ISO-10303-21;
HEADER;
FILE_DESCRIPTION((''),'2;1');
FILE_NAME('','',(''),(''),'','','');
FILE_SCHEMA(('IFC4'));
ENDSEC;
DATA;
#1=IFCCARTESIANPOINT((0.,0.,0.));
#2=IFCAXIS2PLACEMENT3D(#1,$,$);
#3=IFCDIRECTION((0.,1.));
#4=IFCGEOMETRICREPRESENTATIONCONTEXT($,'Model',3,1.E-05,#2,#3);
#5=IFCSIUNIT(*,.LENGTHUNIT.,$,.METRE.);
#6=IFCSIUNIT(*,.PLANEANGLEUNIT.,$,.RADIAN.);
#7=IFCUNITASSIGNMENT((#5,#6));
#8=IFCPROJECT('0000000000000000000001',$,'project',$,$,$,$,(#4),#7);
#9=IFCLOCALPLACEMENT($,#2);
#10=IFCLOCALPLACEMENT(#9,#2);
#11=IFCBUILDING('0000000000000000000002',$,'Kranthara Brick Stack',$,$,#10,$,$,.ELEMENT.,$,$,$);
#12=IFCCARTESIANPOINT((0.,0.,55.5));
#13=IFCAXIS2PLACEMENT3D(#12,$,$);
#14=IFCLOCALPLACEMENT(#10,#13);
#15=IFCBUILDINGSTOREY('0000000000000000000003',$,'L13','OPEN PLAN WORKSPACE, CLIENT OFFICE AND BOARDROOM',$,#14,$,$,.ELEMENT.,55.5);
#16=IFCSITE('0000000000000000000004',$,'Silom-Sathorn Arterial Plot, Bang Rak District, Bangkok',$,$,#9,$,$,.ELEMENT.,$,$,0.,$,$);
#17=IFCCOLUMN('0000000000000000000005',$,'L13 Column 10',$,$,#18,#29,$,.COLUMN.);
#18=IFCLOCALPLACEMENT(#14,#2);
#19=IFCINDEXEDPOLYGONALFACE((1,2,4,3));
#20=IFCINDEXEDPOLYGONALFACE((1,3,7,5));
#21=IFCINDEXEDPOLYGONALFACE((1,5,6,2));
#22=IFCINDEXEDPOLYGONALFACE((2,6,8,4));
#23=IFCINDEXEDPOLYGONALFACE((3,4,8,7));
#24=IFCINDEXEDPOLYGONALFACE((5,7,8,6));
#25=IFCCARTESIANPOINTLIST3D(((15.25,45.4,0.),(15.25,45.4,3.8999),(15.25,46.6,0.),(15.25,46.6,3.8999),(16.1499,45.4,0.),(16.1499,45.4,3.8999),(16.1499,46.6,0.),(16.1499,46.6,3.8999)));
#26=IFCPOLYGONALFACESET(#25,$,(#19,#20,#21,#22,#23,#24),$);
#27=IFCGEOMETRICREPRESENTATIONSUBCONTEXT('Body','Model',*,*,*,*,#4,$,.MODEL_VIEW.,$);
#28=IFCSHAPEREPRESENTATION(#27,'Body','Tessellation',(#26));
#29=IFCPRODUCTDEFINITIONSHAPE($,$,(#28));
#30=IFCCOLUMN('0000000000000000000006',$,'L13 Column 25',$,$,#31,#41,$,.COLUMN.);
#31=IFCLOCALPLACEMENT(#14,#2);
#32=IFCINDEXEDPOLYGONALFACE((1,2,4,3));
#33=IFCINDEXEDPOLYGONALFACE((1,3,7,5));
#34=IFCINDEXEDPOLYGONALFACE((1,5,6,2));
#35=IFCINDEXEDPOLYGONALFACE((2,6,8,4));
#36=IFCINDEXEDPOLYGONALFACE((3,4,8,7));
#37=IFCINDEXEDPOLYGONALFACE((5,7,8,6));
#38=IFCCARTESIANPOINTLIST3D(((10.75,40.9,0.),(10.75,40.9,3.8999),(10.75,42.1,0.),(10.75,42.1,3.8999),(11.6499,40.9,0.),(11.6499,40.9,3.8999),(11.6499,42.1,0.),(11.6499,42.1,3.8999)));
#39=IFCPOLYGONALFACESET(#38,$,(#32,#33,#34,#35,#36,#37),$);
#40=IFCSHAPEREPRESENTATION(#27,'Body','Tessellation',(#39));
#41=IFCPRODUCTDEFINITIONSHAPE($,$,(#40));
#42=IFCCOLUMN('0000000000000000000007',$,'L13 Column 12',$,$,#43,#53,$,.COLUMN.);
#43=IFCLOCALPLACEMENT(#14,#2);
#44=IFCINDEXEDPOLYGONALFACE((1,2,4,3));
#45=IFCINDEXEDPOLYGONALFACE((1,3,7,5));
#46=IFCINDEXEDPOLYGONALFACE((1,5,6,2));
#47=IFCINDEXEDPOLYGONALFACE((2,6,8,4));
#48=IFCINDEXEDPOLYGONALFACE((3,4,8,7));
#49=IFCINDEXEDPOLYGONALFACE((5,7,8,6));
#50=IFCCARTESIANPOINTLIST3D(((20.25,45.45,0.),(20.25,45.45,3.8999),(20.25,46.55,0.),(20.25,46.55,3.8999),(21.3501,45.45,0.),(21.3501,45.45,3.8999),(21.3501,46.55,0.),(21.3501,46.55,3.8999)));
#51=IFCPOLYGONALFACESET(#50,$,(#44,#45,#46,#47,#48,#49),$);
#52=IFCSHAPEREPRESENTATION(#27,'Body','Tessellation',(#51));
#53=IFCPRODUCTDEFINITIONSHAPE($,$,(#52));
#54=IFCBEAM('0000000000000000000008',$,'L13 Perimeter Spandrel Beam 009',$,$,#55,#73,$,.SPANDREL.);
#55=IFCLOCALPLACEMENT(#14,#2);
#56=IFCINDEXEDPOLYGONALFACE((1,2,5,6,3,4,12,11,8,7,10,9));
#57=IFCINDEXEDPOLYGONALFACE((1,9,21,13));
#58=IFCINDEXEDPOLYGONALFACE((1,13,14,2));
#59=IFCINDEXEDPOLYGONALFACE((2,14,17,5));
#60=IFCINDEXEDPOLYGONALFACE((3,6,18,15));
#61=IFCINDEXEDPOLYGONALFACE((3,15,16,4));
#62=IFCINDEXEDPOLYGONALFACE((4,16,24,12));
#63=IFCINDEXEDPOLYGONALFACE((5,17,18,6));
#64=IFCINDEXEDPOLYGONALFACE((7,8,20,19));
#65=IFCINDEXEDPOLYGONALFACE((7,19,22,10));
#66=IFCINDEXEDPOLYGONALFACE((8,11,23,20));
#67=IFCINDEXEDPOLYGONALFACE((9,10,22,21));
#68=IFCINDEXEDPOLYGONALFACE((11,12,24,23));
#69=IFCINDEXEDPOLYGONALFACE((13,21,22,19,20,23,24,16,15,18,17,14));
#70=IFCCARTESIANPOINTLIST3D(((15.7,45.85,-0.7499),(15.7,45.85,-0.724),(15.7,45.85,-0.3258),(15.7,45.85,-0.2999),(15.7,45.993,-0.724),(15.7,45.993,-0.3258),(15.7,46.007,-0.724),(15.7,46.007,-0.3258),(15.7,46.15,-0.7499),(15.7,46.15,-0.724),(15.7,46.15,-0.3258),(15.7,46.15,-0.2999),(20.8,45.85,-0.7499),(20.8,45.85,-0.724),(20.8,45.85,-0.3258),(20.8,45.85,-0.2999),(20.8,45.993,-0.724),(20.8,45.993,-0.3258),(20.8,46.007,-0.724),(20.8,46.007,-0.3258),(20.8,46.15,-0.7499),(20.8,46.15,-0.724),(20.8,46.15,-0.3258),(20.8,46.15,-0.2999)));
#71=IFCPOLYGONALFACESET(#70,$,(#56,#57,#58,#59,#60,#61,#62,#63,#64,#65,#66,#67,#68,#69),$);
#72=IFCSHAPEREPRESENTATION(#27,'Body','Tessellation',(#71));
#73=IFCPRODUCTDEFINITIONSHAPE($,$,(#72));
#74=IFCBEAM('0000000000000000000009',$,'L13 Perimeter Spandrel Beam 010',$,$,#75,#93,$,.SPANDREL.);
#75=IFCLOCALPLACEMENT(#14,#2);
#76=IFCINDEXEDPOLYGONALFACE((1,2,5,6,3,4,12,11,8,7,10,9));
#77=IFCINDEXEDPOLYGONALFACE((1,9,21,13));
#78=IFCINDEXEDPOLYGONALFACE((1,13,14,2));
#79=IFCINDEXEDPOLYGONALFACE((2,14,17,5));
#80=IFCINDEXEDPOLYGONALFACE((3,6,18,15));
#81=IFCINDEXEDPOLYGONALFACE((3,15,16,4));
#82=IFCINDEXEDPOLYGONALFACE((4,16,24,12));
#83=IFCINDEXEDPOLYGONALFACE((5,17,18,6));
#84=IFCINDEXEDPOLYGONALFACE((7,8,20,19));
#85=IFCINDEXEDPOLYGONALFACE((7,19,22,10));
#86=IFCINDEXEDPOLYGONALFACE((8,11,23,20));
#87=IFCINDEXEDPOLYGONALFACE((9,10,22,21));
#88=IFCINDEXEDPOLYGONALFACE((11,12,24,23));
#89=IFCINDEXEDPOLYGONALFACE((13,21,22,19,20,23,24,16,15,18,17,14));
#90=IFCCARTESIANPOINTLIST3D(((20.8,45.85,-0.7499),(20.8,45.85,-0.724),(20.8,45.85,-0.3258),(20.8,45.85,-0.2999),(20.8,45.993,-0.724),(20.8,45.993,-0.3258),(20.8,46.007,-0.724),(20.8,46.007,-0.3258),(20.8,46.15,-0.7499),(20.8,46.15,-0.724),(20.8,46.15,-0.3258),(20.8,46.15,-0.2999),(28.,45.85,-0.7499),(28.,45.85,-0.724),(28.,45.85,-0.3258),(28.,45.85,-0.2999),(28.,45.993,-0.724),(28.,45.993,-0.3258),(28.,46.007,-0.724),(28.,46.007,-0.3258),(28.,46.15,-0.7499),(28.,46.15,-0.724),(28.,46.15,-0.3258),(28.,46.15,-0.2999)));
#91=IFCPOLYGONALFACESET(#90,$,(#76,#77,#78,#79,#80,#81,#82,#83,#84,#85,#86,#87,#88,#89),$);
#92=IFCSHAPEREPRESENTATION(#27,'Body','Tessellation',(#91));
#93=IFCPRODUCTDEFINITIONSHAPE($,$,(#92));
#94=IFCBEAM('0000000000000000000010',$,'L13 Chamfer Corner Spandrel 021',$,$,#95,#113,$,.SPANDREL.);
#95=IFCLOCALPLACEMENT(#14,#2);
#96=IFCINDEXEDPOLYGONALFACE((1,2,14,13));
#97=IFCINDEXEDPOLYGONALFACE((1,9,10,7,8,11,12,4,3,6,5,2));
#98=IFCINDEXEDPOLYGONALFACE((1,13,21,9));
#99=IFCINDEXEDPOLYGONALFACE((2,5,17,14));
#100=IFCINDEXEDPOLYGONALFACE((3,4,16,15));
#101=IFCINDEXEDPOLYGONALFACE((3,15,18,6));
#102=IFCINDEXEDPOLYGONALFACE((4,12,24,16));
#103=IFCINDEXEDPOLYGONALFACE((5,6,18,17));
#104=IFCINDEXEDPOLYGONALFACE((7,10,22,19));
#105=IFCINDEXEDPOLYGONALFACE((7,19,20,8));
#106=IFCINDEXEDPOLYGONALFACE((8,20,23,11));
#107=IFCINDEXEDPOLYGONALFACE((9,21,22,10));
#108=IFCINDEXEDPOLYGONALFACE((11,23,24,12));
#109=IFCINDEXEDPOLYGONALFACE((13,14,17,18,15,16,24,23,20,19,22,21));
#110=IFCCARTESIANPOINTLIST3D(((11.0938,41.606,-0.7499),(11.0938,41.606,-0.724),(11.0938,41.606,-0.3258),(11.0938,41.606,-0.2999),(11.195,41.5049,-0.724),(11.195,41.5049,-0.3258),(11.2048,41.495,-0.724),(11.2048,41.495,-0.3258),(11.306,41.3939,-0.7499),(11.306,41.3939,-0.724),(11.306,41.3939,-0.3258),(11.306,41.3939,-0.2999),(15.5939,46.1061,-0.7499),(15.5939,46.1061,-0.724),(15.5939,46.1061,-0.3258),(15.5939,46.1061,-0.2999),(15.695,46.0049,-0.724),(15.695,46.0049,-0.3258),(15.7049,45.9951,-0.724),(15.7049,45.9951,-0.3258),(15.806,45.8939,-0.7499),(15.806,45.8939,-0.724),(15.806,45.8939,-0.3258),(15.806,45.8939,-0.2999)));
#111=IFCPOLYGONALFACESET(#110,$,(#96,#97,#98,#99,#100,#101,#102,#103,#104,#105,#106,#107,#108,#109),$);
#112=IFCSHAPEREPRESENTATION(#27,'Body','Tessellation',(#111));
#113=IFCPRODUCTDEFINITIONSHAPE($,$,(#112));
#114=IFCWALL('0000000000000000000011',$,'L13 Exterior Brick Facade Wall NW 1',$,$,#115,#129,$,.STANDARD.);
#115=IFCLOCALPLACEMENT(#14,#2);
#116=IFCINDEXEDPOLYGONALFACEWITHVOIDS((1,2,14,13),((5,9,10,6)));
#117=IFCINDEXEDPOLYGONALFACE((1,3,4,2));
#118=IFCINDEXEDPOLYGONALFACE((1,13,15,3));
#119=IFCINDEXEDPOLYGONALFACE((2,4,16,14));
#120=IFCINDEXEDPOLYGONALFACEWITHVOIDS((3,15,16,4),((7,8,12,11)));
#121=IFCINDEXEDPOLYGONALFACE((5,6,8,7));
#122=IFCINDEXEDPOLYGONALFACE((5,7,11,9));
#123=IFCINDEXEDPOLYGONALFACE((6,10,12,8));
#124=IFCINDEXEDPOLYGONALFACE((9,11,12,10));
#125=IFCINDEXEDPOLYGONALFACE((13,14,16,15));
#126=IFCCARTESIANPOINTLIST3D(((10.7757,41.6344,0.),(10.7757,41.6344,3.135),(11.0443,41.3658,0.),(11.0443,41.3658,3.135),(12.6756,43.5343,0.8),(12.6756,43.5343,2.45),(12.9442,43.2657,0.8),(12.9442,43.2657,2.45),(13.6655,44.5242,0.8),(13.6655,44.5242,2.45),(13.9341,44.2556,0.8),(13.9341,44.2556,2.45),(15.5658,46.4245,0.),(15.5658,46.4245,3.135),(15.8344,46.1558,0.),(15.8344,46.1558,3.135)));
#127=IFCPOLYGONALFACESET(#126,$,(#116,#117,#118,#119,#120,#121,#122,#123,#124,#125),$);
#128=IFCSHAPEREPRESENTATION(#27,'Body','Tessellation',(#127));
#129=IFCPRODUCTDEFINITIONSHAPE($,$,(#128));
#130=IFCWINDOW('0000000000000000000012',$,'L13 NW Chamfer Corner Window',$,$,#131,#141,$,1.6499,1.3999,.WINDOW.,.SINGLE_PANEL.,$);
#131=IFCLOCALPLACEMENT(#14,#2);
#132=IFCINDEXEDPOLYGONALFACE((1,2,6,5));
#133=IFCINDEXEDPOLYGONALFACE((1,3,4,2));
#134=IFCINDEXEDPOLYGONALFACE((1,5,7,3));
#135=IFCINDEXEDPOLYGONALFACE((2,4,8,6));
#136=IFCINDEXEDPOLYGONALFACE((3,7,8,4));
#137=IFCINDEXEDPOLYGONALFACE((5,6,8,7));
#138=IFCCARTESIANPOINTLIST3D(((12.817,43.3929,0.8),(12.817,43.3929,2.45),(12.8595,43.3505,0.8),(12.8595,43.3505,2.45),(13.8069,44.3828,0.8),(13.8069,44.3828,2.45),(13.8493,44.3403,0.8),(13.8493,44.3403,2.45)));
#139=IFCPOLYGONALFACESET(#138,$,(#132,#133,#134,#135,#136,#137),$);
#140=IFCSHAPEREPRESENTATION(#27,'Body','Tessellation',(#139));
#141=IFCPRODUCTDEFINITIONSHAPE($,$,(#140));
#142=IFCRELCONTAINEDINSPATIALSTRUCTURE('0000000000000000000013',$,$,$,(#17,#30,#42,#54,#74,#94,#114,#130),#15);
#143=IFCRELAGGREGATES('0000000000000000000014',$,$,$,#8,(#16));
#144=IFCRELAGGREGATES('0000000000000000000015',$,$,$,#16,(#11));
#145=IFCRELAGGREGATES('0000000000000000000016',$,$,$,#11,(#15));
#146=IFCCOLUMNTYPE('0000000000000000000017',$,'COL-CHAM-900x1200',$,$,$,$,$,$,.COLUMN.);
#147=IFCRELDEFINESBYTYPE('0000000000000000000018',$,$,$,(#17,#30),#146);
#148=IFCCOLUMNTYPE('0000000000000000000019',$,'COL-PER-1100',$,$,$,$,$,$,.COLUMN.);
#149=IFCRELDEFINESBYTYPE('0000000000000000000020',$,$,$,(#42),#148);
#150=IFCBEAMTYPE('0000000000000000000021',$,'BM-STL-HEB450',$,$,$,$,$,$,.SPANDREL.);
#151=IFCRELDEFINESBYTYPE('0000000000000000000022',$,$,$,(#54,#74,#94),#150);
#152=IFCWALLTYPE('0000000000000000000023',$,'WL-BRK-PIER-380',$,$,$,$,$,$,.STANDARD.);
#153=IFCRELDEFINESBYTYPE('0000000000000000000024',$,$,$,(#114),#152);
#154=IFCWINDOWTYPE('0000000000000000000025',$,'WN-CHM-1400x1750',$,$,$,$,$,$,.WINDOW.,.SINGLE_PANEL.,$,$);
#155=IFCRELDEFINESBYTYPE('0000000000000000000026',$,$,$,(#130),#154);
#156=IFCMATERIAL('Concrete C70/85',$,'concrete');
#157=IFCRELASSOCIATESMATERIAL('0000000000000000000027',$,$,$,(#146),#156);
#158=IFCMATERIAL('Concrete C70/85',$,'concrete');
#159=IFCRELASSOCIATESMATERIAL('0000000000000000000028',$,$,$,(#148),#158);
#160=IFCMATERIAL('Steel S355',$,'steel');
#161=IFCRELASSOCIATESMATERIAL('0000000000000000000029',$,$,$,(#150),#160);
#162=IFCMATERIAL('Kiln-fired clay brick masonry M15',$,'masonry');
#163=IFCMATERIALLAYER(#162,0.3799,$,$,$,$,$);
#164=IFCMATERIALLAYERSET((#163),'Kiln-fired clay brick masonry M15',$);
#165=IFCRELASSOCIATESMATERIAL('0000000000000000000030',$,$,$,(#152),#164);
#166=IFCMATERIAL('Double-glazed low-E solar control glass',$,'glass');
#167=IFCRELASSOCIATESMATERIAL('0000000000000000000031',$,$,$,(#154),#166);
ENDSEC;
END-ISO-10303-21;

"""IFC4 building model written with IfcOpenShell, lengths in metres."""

from ifc_helpers import new_model, si_unit, direction, frame, frame_2d, origin, origin_2d, place, context, subcontext, project, spatial, rectangle, i_section, extrude, material, layer, layer_set, material_profile, profile_set, type_object, element, fill, save


model = new_model("IFC4")

# Units and contexts
model_context = context("Model", 3, precision=1e-05, world=origin(), true_north=direction((0.0, 1.0)))
body_context = subcontext(model_context, "Body", "Model", "MODEL_VIEW")
ifc_project = project(units=[si_unit("LENGTHUNIT", "METRE"), si_unit("PLANEANGLEUNIT", "RADIAN")], contexts=[model_context])

# Site, building, storey
site_placement = place(None, origin())
site = spatial("IfcSite", under=ifc_project, at=site_placement, Name="Silom-Sathorn Arterial Plot, Bang Rak District, Bangkok", CompositionType="ELEMENT", RefElevation=0.0)
building_placement = place(site_placement, origin())
building = spatial("IfcBuilding", under=site, at=building_placement, Name="Kranthara Brick Stack", CompositionType="ELEMENT")
storey_placement = place(building_placement, frame((0.0, 0.0, 55.5)))
storey = spatial("IfcBuildingStorey", under=building, at=storey_placement, Name="L13", Description="OPEN PLAN WORKSPACE, CLIENT OFFICE AND BOARDROOM", CompositionType="ELEMENT", Elevation=55.5)

# Columns
ifc_material_1 = material(Name="Concrete C70/85", Category="concrete")
ifc_material_profile_1 = material_profile(ifc_material_1, rectangle(XDim=0.8999, YDim=1.2, at=origin_2d()), Name="RC 900x1200")
ifc_profile_set_1 = profile_set([ifc_material_profile_1], Name="Concrete C70/85")
column_type_1 = type_object("IfcColumnType", Name="COL-CHAM-900x1200", PredefinedType="COLUMN", material=ifc_profile_set_1)
for number, where, z_axis, x_axis, name in (
    (1, (15.7, 46.0, 0.0), (0.0, 0.0, 1.0), (1.0, 0.0, 0.0), "L13 Column 10"),
    (2, (11.2, 41.5, 0.0), (0.0, 0.0, 1.0), (1.0, 0.0, 0.0), "L13 Column 25"),
):
    element("IfcColumn", number, at=place(storey_placement, frame(where, z_axis=z_axis, x_axis=x_axis)), inside=storey, type_object=column_type_1, Name=name, PredefinedType="COLUMN", context=body_context, shape_type="SweptSolid", body=[
        extrude(rectangle(XDim=0.8999, YDim=1.2, at=origin_2d()), origin(), (0.0, 0.0, 1.0), 3.8999),
    ])
ifc_material_2 = material(Name="Concrete C70/85", Category="concrete")
ifc_material_profile_2 = material_profile(ifc_material_2, rectangle(XDim=1.1001, YDim=1.1001, at=origin_2d()), Name="RC 1100x1100")
ifc_profile_set_2 = profile_set([ifc_material_profile_2], Name="Concrete C70/85")
column_type_2 = type_object("IfcColumnType", Name="COL-PER-1100", PredefinedType="COLUMN", material=ifc_profile_set_2)
column_placement = place(storey_placement, frame((20.8, 46.0, 0.0), z_axis=(0.0, 0.0, 1.0), x_axis=(1.0, 0.0, 0.0)))
element("IfcColumn", 3, at=column_placement, inside=storey, type_object=column_type_2, Name="L13 Column 12", PredefinedType="COLUMN", context=body_context, shape_type="SweptSolid", body=[
    extrude(rectangle(XDim=1.1001, YDim=1.1001, at=origin_2d()), origin(), (0.0, 0.0, 1.0), 3.8999),
])

# Beams
ifc_material_3 = material(Name="Steel S355", Category="steel")
ifc_material_profile_3 = material_profile(ifc_material_3, i_section(OverallWidth=0.3, OverallDepth=0.45, WebThickness=0.0139, FlangeThickness=0.0259, at=origin_2d()), Name="HEB 450")
ifc_profile_set_3 = profile_set([ifc_material_profile_3], Name="Steel S355")
beam_type = type_object("IfcBeamType", Name="BM-STL-HEB450", PredefinedType="SPANDREL", material=ifc_profile_set_3)
beam_1_placement = place(storey_placement, frame((15.7, 46.0, -0.5249), z_axis=(1.0, 0.0, 0.0), x_axis=(0.0, 1.0, 0.0)))
element("IfcBeam", 4, at=beam_1_placement, inside=storey, type_object=beam_type, Name="L13 Perimeter Spandrel Beam 009", PredefinedType="SPANDREL", context=body_context, shape_type="SweptSolid", body=[
    extrude(i_section(OverallWidth=0.3, OverallDepth=0.45, WebThickness=0.0139, FlangeThickness=0.0259, at=origin_2d()), origin(), (0.0, 0.0, 1.0), 5.1001),
])
beam_2_placement = place(storey_placement, frame((20.8, 46.0, -0.5249), z_axis=(1.0, 0.0, 0.0), x_axis=(0.0, 1.0, 0.0)))
element("IfcBeam", 5, at=beam_2_placement, inside=storey, type_object=beam_type, Name="L13 Perimeter Spandrel Beam 010", PredefinedType="SPANDREL", context=body_context, shape_type="SweptSolid", body=[
    extrude(i_section(OverallWidth=0.3, OverallDepth=0.45, WebThickness=0.0139, FlangeThickness=0.0259, at=origin_2d()), origin(), (0.0, 0.0, 1.0), 7.2),
])
beam_3_placement = place(storey_placement, frame((15.7, 46.0, -0.5249), z_axis=(-0.707107, -0.707107, 0.0), x_axis=(0.707107, -0.707107, 0.0)))
element("IfcBeam", 6, at=beam_3_placement, inside=storey, type_object=beam_type, Name="L13 Chamfer Corner Spandrel 021", PredefinedType="SPANDREL", context=body_context, shape_type="SweptSolid", body=[
    extrude(i_section(OverallWidth=0.3, OverallDepth=0.45, WebThickness=0.0139, FlangeThickness=0.0259, at=origin_2d()), origin(), (0.0, 0.0, 1.0), 6.364),
])

# Wall, opening, window
ifc_material_4 = material(Name="Kiln-fired clay brick masonry M15", Category="masonry")
ifc_layer_1 = layer(ifc_material_4, 0.3799)
ifc_layer_set_1 = layer_set([ifc_layer_1], Name="Kiln-fired clay brick masonry M15")
wall_type_1 = type_object("IfcWallType", Name="WL-BRK-PIER-380", PredefinedType="STANDARD", material=ifc_layer_set_1)
wall_1_placement = place(storey_placement, frame((10.9099, 41.5, 0.0), z_axis=(0.0, 0.0, 1.0), x_axis=(0.707107, 0.707107, 0.0)))
wall_1 = element("IfcWall", 7, at=wall_1_placement, inside=storey, type_object=wall_type_1, Name="L13 Exterior Brick Facade Wall NW 1", PredefinedType="STANDARD", context=body_context, shape_type="SweptSolid", body=[
    extrude(rectangle(XDim=6.7742, YDim=0.3799, at=frame_2d((3.3872, 0.0))), origin(), (0.0, 0.0, 1.0), 3.135),
])
opening_1_placement = place(wall_1_placement, frame((2.687, 0.0, 0.8)))
opening_1 = element("IfcOpeningElement", 8, at=opening_1_placement, cuts=wall_1, PredefinedType="OPENING", context=body_context, shape_type="SweptSolid", body=[
    extrude(rectangle(XDim=1.3999, YDim=1.6499, at=frame_2d((0.7, 0.825))), frame((0.0, 0.2, 0.0), z_axis=(0.0, -1.0, 0.0), x_axis=(1.0, 0.0, 0.0)), (0.0, 0.0, 1.0), 0.3999),
])
ifc_material_5 = material(Name="Double-glazed low-E solar control glass", Category="glass")
window_type_1 = type_object("IfcWindowType", Name="WN-CHM-1400x1750", PartitioningType="SINGLE_PANEL", PredefinedType="WINDOW", material=ifc_material_5)
window_1_placement = place(opening_1_placement, origin())
window_1 = element("IfcWindow", 9, at=window_1_placement, inside=storey, type_object=window_type_1, Name="L13 NW Chamfer Corner Window", OverallHeight=1.6499, OverallWidth=1.3999, PartitioningType="SINGLE_PANEL", PredefinedType="WINDOW", context=body_context, shape_type="SweptSolid", body=[
    extrude(rectangle(XDim=1.3999, YDim=1.6499, at=frame_2d((0.7, 0.825))), frame((0.0, -0.01, 0.0), z_axis=(0.0, -1.0, 0.0), x_axis=(1.0, 0.0, 0.0)), (0.0, 0.0, 1.0), 0.0601),
])
fill(opening_1, window_1)

save(model, "model.ifc")
